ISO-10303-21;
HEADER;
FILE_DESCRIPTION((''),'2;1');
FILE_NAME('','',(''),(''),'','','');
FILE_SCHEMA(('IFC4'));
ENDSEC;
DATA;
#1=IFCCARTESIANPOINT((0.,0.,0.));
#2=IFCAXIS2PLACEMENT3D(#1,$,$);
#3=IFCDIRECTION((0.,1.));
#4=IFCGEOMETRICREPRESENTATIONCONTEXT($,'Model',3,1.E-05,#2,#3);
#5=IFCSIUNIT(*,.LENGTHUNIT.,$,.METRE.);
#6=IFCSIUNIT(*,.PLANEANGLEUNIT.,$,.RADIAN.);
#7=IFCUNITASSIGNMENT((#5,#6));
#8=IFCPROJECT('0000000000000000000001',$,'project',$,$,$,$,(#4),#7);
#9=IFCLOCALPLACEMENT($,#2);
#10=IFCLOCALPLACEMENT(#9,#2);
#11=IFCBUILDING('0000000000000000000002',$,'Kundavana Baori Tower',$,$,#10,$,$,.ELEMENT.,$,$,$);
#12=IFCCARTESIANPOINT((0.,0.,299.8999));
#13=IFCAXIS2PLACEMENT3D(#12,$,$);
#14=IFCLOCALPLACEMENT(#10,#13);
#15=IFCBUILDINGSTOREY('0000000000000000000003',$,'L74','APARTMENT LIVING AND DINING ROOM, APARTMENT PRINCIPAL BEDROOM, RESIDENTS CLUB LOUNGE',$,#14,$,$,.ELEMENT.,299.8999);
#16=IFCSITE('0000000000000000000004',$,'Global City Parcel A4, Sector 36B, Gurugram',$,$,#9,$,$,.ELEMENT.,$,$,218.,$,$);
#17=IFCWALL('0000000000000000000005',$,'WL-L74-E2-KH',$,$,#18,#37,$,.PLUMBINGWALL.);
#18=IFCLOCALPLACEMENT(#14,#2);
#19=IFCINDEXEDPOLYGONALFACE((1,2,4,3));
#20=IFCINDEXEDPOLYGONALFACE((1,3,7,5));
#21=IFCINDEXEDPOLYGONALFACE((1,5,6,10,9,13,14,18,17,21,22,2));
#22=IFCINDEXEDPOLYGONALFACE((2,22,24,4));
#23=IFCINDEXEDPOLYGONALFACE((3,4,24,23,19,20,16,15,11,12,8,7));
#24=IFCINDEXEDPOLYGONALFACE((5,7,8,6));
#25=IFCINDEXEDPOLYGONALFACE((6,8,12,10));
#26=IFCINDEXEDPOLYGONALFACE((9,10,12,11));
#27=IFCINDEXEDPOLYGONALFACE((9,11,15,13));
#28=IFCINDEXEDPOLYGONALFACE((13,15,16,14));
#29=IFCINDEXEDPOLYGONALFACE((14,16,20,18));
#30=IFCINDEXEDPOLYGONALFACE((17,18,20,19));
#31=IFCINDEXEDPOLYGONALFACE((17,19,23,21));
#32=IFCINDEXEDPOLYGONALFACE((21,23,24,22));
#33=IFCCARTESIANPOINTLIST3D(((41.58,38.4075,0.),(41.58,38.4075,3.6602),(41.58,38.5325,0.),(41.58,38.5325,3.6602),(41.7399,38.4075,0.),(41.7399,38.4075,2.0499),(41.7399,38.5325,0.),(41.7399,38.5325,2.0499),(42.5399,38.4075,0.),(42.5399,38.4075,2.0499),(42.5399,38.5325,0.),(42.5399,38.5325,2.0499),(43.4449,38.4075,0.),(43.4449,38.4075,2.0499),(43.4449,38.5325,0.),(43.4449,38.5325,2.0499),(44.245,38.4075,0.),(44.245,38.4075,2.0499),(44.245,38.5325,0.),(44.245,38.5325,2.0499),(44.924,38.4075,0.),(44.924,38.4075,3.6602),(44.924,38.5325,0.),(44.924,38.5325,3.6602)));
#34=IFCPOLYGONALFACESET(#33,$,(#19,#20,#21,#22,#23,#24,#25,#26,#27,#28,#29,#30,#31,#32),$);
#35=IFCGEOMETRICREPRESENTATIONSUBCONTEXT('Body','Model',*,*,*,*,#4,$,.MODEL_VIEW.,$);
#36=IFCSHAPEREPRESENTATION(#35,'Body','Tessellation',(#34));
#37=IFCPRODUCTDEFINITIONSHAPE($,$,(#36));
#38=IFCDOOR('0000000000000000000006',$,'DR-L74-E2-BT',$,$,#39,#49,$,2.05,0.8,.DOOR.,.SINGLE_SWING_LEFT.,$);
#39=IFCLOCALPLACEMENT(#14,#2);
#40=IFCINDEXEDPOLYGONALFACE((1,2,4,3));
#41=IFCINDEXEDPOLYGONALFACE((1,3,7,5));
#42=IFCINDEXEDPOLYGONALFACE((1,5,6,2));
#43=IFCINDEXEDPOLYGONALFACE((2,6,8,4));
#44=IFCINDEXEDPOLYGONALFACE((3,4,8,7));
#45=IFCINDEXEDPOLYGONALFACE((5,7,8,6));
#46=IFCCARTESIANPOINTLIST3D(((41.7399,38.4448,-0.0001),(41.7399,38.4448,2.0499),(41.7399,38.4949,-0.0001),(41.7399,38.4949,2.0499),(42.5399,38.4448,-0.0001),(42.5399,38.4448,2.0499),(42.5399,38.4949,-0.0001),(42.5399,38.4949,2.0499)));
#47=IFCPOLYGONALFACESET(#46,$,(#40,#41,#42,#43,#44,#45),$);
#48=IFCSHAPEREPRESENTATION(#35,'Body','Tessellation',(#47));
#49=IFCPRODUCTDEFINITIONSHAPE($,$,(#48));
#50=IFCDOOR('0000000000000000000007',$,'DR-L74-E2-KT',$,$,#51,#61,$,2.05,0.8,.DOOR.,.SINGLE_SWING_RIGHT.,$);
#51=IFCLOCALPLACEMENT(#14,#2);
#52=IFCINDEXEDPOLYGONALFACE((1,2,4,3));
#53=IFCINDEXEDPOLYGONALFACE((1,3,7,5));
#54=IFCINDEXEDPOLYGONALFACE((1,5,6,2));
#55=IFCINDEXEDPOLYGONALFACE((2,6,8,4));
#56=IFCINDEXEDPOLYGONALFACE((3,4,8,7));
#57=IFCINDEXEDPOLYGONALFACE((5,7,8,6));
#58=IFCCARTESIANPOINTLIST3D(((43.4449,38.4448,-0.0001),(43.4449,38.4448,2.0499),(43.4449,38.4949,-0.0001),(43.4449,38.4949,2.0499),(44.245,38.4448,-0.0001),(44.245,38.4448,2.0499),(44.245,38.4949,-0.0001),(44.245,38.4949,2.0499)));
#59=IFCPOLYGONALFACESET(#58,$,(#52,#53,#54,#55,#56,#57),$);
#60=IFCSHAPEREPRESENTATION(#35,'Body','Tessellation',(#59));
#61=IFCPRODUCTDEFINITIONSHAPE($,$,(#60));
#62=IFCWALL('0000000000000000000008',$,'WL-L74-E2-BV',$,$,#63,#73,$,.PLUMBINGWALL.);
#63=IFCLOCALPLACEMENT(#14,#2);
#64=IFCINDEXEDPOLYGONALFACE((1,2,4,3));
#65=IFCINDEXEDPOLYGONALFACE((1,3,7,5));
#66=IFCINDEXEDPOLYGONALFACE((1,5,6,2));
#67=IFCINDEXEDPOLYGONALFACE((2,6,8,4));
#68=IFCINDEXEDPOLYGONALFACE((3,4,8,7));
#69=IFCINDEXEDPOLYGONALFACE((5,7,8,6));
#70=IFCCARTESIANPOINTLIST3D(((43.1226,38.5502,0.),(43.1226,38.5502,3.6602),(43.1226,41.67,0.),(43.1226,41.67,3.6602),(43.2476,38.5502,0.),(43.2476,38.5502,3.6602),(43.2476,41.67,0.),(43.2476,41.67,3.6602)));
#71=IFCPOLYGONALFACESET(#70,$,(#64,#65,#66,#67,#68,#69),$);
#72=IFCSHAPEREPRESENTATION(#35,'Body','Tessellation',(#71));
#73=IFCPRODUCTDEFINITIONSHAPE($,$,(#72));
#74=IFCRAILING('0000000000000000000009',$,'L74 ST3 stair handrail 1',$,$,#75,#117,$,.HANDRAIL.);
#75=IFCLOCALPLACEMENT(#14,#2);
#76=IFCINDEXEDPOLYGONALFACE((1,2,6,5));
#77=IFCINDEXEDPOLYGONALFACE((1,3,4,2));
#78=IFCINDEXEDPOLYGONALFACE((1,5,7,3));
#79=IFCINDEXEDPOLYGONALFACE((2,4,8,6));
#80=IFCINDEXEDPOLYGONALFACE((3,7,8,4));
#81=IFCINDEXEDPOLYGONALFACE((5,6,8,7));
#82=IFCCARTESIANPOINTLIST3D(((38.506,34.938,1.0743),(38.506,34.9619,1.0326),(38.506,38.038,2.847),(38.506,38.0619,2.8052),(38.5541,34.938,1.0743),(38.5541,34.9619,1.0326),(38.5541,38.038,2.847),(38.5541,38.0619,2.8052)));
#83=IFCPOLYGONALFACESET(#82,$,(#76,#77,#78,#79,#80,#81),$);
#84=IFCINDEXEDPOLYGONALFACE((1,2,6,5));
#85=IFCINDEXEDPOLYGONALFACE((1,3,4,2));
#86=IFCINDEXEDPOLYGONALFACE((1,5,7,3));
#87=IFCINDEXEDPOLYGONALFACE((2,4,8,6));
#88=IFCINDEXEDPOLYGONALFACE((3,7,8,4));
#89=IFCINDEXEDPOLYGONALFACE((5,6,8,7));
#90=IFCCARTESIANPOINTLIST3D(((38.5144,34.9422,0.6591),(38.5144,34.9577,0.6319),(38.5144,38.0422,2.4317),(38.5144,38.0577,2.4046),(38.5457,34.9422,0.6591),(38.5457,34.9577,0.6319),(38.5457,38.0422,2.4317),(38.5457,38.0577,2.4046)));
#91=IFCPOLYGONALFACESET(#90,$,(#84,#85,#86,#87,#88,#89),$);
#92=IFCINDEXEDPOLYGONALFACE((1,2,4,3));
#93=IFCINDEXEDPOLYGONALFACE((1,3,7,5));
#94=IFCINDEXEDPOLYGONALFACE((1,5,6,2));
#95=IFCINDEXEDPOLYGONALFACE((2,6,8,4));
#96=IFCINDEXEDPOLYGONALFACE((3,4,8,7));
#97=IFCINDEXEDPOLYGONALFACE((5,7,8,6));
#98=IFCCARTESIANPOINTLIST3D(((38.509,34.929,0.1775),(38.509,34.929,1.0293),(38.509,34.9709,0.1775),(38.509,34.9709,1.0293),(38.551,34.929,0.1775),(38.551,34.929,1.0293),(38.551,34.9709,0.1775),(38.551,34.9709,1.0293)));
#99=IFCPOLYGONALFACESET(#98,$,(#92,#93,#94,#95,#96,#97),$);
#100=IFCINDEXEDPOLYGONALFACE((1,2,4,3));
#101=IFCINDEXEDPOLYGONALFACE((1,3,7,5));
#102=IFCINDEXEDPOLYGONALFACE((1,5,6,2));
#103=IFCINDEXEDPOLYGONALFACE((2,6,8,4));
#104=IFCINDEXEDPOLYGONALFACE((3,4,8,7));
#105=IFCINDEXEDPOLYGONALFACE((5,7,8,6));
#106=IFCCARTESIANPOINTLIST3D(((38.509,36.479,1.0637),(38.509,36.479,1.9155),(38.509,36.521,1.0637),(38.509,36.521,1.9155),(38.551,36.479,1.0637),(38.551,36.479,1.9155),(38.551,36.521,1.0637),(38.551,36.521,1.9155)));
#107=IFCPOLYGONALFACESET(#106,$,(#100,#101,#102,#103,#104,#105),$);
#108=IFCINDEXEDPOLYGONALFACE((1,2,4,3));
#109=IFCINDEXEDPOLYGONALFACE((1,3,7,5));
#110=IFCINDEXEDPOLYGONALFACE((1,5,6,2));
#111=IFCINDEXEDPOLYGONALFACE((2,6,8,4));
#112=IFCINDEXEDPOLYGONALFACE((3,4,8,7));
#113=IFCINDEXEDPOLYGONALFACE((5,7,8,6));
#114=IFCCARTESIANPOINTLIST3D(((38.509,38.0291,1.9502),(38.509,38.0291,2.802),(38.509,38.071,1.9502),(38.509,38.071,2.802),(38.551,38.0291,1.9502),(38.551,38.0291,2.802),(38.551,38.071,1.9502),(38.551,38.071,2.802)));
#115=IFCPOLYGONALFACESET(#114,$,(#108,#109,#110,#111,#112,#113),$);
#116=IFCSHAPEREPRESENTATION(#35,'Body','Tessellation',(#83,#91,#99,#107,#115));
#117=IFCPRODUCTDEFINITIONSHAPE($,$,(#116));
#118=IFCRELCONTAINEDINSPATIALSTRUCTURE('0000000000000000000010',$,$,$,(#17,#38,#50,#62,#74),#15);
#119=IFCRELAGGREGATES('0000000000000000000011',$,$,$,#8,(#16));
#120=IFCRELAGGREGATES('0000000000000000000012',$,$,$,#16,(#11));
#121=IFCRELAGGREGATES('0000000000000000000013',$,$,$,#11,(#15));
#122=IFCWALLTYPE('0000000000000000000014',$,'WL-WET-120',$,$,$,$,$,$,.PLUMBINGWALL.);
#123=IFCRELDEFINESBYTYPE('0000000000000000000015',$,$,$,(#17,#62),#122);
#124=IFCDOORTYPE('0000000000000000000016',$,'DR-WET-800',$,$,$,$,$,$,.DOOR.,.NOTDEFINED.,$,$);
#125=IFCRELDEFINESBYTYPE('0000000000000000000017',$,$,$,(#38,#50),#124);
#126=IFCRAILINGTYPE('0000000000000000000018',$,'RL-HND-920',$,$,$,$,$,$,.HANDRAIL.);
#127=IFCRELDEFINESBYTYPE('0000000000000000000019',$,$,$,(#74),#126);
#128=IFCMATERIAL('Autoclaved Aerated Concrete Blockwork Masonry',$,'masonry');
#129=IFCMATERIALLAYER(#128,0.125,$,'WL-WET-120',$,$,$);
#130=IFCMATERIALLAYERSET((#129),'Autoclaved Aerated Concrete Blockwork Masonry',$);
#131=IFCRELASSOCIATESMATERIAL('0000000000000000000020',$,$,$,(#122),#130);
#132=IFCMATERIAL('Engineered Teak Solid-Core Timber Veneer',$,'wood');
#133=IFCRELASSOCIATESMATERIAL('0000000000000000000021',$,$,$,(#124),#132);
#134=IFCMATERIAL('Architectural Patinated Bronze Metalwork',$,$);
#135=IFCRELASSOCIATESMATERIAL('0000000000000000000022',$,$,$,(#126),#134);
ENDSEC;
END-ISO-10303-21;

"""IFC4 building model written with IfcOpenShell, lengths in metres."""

from ifc_helpers import new_model, si_unit, direction, frame, frame_2d, origin, origin_2d, place, context, subcontext, project, spatial, rectangle, extrude, material, layer, layer_set, type_object, element, fill, save


model = new_model("IFC4")

# Units and contexts
model_context = context("Model", 3, precision=1e-05, world=origin(), true_north=direction((0.0, 1.0)))
body_context = subcontext(model_context, "Body", "Model", "MODEL_VIEW")
ifc_project = project(units=[si_unit("LENGTHUNIT", "METRE"), si_unit("PLANEANGLEUNIT", "RADIAN")], contexts=[model_context])

# Site, building, storey
site_placement = place(None, origin())
site = spatial("IfcSite", under=ifc_project, at=site_placement, Name="Global City Parcel A4, Sector 36B, Gurugram", CompositionType="ELEMENT", RefElevation=218.0)
building_placement = place(site_placement, origin())
building = spatial("IfcBuilding", under=site, at=building_placement, Name="Kundavana Baori Tower", CompositionType="ELEMENT")
storey_placement = place(building_placement, frame((0.0, 0.0, 299.8999)))
storey = spatial("IfcBuildingStorey", under=building, at=storey_placement, Name="L74", Description="APARTMENT LIVING AND DINING ROOM, APARTMENT PRINCIPAL BEDROOM, RESIDENTS CLUB LOUNGE", CompositionType="ELEMENT", Elevation=299.8999)

# Wall, openings, doors
ifc_material_1 = material(Name="Autoclaved Aerated Concrete Blockwork Masonry", Category="masonry")
ifc_layer_1 = layer(ifc_material_1, 0.125, Name="WL-WET-120")
ifc_layer_set_1 = layer_set([ifc_layer_1], Name="Autoclaved Aerated Concrete Blockwork Masonry")
wall_type_1 = type_object("IfcWallType", Name="WL-WET-120", PredefinedType="PLUMBINGWALL", material=ifc_layer_set_1)
wall_1_placement = place(storey_placement, frame((41.5801, 38.47, 0.0), z_axis=(0.0, 0.0, 1.0), x_axis=(1.0, 0.0, 0.0)))
wall_1 = element("IfcWall", 1, at=wall_1_placement, inside=storey, type_object=wall_type_1, Name="WL-L74-E2-KH", PredefinedType="PLUMBINGWALL", context=body_context, shape_type="SweptSolid", body=[
    extrude(rectangle(XDim=3.344, YDim=0.125, at=frame_2d((1.6719, 0.0))), origin(), (0.0, 0.0, 1.0), 3.6602),
])
opening_1_placement = place(wall_1_placement, frame((0.1599, 0.0, 0.0)))
opening_1 = element("IfcOpeningElement", 2, at=opening_1_placement, cuts=wall_1, PredefinedType="OPENING", context=body_context, shape_type="SweptSolid", body=[
    extrude(rectangle(XDim=0.8, YDim=2.05, at=frame_2d((0.3999, 1.0249))), frame((0.0, 0.0725, 0.0), z_axis=(0.0, -1.0, 0.0), x_axis=(1.0, 0.0, 0.0)), (0.0, 0.0, 1.0), 0.145),
])
opening_2_placement = place(wall_1_placement, frame((1.865, 0.0, 0.0)))
opening_2 = element("IfcOpeningElement", 3, at=opening_2_placement, cuts=wall_1, PredefinedType="OPENING", context=body_context, shape_type="SweptSolid", body=[
    extrude(rectangle(XDim=0.8, YDim=2.05, at=frame_2d((0.3999, 1.0249))), frame((0.0, 0.0725, 0.0), z_axis=(0.0, -1.0, 0.0), x_axis=(1.0, 0.0, 0.0)), (0.0, 0.0, 1.0), 0.145),
])
ifc_material_2 = material(Name="Engineered Teak Solid-Core Timber Veneer", Category="wood")
door_type_1 = type_object("IfcDoorType", Name="DR-WET-800", OperationType="NOTDEFINED", PredefinedType="DOOR", material=ifc_material_2)
door_1_placement = place(opening_1_placement, origin())
door_1 = element("IfcDoor", 4, at=door_1_placement, inside=storey, type_object=door_type_1, Name="DR-L74-E2-BT", OperationType="SINGLE_SWING_LEFT", OverallHeight=2.05, OverallWidth=0.8, PredefinedType="DOOR", context=body_context, shape_type="SweptSolid", body=[
    extrude(rectangle(XDim=0.8, YDim=2.05, at=frame_2d((0.3999, 1.0249))), frame((0.0, 0.0249, 0.0), z_axis=(0.0, -1.0, 0.0), x_axis=(1.0, 0.0, 0.0)), (0.0, 0.0, 1.0), 0.05),
])
fill(opening_1, door_1)
door_2_placement = place(opening_2_placement, origin())
door_2 = element("IfcDoor", 5, at=door_2_placement, inside=storey, type_object=door_type_1, Name="DR-L74-E2-KT", OperationType="SINGLE_SWING_RIGHT", OverallHeight=2.05, OverallWidth=0.8, PredefinedType="DOOR", context=body_context, shape_type="SweptSolid", body=[
    extrude(rectangle(XDim=0.8, YDim=2.05, at=frame_2d((0.3999, 1.0249))), frame((0.0, 0.0249, 0.0), z_axis=(0.0, -1.0, 0.0), x_axis=(1.0, 0.0, 0.0)), (0.0, 0.0, 1.0), 0.05),
])
fill(opening_2, door_2)

# Wall
wall_2_placement = place(storey_placement, frame((43.1851, 38.55, 0.0), z_axis=(0.0, 0.0, 1.0), x_axis=(0.0, 1.0, 0.0)))
element("IfcWall", 6, at=wall_2_placement, inside=storey, type_object=wall_type_1, Name="WL-L74-E2-BV", PredefinedType="PLUMBINGWALL", context=body_context, shape_type="SweptSolid", body=[
    extrude(rectangle(XDim=3.1199, YDim=0.125, at=frame_2d((1.5601, 0.0))), origin(), (0.0, 0.0, 1.0), 3.6602),
])

# Railing
ifc_material_3 = material(Name="Architectural Patinated Bronze Metalwork")
railing_type_1 = type_object("IfcRailingType", Name="RL-HND-920", PredefinedType="HANDRAIL", material=ifc_material_3)
railing_1_placement = place(storey_placement, frame((38.53, 34.95, 0.1775)))
element("IfcRailing", 7, at=railing_1_placement, inside=storey, type_object=railing_type_1, Name="L74 ST3 stair handrail 1", PredefinedType="HANDRAIL", context=body_context, shape_type="SweptSolid", body=[
    extrude(rectangle(XDim=0.0481, YDim=0.0481, at=origin_2d()), frame((0.0, 0.0, 0.876), z_axis=(0.0, 0.868096, 0.496397), x_axis=(-1.0, 0.0, 0.0)), (0.0, 0.0, 1.0), 3.571),
    extrude(rectangle(XDim=0.0312, YDim=0.0312, at=origin_2d()), frame((0.0, 0.0, 0.468), z_axis=(0.0, 0.868096, 0.496397), x_axis=(-1.0, 0.0, 0.0)), (0.0, 0.0, 1.0), 3.571),
    extrude(rectangle(XDim=0.042, YDim=0.042, at=origin_2d()), origin(), (0.0, 0.0, 1.0), 0.8518),
    extrude(rectangle(XDim=0.042, YDim=0.042, at=origin_2d()), frame((0.0, 1.55, 0.8862)), (0.0, 0.0, 1.0), 0.8518),
    extrude(rectangle(XDim=0.042, YDim=0.042, at=origin_2d()), frame((0.0, 3.1001, 1.7727)), (0.0, 0.0, 1.0), 0.8518),
])

save(model, "model.ifc")
